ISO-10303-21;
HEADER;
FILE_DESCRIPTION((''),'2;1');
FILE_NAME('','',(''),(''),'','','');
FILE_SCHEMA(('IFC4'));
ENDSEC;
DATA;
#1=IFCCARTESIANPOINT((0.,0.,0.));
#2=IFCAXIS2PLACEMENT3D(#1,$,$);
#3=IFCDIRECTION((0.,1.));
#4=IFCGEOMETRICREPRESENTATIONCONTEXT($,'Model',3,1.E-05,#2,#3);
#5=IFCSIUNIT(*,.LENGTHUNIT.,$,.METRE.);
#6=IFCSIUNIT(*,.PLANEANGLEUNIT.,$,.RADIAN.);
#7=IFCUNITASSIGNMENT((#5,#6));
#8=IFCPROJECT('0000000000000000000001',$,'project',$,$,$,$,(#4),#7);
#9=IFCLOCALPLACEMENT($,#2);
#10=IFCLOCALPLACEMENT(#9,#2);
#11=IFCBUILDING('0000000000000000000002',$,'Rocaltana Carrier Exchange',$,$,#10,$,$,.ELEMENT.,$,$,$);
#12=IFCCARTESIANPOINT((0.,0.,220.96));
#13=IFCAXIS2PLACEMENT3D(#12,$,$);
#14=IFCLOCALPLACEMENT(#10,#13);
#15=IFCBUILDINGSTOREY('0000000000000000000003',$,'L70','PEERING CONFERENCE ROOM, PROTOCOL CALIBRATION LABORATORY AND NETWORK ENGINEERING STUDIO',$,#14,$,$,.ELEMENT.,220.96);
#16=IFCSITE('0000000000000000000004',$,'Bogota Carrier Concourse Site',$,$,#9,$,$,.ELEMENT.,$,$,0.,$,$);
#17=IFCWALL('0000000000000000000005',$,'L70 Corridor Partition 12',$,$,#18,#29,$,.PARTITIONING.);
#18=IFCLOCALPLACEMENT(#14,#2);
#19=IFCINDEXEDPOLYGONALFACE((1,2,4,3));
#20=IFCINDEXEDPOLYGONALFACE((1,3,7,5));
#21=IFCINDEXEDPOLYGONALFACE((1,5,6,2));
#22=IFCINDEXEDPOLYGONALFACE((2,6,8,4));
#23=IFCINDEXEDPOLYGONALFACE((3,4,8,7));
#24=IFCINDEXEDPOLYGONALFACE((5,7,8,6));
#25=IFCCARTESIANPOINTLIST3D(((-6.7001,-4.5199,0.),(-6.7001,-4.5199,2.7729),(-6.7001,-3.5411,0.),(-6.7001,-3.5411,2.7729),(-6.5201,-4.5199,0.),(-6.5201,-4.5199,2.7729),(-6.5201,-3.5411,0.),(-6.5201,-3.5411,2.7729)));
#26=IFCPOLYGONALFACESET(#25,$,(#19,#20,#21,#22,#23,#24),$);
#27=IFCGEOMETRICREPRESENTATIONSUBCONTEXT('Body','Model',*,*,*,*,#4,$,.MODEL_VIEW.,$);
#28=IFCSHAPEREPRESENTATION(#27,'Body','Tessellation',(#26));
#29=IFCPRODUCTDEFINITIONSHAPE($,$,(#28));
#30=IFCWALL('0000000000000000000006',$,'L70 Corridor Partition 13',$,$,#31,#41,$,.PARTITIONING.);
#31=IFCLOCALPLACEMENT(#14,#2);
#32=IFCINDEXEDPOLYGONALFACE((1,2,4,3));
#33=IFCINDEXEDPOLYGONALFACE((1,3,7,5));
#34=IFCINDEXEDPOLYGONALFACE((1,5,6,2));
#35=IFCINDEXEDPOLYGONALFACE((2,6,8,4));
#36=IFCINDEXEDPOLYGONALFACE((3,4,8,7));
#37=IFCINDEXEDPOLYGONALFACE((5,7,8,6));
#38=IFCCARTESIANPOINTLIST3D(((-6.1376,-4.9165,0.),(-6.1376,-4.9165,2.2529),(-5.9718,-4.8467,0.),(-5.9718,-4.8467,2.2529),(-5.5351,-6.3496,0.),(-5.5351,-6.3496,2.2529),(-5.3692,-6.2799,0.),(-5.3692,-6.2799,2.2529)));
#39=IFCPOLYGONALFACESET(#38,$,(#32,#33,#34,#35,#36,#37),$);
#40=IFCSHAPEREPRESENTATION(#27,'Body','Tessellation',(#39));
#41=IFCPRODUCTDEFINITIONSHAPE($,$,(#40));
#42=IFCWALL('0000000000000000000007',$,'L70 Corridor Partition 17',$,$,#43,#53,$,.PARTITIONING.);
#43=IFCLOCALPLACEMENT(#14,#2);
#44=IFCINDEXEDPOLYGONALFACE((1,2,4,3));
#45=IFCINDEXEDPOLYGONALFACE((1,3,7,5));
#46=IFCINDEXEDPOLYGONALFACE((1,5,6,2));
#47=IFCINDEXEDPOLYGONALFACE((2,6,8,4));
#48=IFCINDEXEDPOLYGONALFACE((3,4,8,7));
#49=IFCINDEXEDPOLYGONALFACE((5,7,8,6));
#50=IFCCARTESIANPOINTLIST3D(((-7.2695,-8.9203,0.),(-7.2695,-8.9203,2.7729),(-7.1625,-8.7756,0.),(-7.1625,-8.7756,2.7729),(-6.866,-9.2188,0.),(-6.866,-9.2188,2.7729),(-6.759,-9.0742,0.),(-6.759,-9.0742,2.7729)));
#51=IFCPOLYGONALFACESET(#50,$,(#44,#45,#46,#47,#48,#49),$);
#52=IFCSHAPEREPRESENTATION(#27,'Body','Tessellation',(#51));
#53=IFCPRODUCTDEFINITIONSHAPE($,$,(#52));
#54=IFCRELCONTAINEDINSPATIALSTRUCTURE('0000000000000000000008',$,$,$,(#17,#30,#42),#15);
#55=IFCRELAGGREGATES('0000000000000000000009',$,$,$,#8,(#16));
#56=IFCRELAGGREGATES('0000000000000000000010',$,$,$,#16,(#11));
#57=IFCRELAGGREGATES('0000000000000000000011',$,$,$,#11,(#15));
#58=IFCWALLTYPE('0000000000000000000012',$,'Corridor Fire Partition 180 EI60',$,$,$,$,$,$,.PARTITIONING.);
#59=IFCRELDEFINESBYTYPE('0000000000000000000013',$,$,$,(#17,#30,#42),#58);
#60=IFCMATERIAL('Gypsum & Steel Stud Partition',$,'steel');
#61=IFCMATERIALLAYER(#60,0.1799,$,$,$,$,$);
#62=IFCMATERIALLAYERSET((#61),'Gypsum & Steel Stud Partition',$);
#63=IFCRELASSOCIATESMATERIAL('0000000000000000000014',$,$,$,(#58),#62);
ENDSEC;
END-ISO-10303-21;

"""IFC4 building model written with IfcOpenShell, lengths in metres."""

from ifc_helpers import new_model, si_unit, direction, frame, frame_2d, origin, place, context, subcontext, project, spatial, rectangle, extrude, material, layer, layer_set, type_object, element, save


model = new_model("IFC4")

# Units and contexts
model_context = context("Model", 3, precision=1e-05, world=origin(), true_north=direction((0.0, 1.0)))
body_context = subcontext(model_context, "Body", "Model", "MODEL_VIEW")
ifc_project = project(units=[si_unit("LENGTHUNIT", "METRE"), si_unit("PLANEANGLEUNIT", "RADIAN")], contexts=[model_context])

# Site, building, storey
site_placement = place(None, origin())
site = spatial("IfcSite", under=ifc_project, at=site_placement, Name="Bogota Carrier Concourse Site", CompositionType="ELEMENT", RefElevation=0.0)
building_placement = place(site_placement, origin())
building = spatial("IfcBuilding", under=site, at=building_placement, Name="Rocaltana Carrier Exchange", CompositionType="ELEMENT")
storey_placement = place(building_placement, frame((0.0, 0.0, 220.96)))
storey = spatial("IfcBuildingStorey", under=building, at=storey_placement, Name="L70", Description="PEERING CONFERENCE ROOM, PROTOCOL CALIBRATION LABORATORY AND NETWORK ENGINEERING STUDIO", CompositionType="ELEMENT", Elevation=220.96)

# Shared definitions
ifc_material_1 = material(Name="Gypsum & Steel Stud Partition", Category="steel")
ifc_layer_1 = layer(ifc_material_1, 0.1799)
ifc_layer_set_1 = layer_set([ifc_layer_1], Name="Gypsum & Steel Stud Partition")
wall_type_1 = type_object("IfcWallType", Name="Corridor Fire Partition 180 EI60", PredefinedType="PARTITIONING", material=ifc_layer_set_1)

# Walls
wall_1_placement = place(storey_placement, frame((-6.6101, -3.5413, 0.0), z_axis=(0.0, 0.0, 1.0), x_axis=(0.0, -1.0, 0.0)))
element("IfcWall", 1, at=wall_1_placement, inside=storey, type_object=wall_type_1, Name="L70 Corridor Partition 12", PredefinedType="PARTITIONING", context=body_context, shape_type="SweptSolid", body=[
    extrude(rectangle(XDim=0.9788, YDim=0.1799, at=frame_2d((0.4893, 0.0))), origin(), (0.0, 0.0, 1.0), 2.7729),
])
wall_2_placement = place(storey_placement, frame((-6.0547, -4.8816, 0.0), z_axis=(0.0, 0.0, 1.0), x_axis=(0.38758, -0.921836, 0.0)))
element("IfcWall", 2, at=wall_2_placement, inside=storey, type_object=wall_type_1, Name="L70 Corridor Partition 13", PredefinedType="PARTITIONING", context=body_context, shape_type="SweptSolid", body=[
    extrude(rectangle(XDim=1.5547, YDim=0.1799, at=frame_2d((0.7773, 0.0))), origin(), (0.0, 0.0, 1.0), 2.2529),
])
wall_3_placement = place(storey_placement, frame((-6.8125, -9.1465, 0.0), z_axis=(0.0, 0.0, 1.0), x_axis=(-0.803893, 0.594774, 0.0)))
element("IfcWall", 3, at=wall_3_placement, inside=storey, type_object=wall_type_1, Name="L70 Corridor Partition 17", PredefinedType="PARTITIONING", context=body_context, shape_type="SweptSolid", body=[
    extrude(rectangle(XDim=0.502, YDim=0.1799, at=frame_2d((0.251, 0.0))), origin(), (0.0, 0.0, 1.0), 2.7729),
])

save(model, "model.ifc")
